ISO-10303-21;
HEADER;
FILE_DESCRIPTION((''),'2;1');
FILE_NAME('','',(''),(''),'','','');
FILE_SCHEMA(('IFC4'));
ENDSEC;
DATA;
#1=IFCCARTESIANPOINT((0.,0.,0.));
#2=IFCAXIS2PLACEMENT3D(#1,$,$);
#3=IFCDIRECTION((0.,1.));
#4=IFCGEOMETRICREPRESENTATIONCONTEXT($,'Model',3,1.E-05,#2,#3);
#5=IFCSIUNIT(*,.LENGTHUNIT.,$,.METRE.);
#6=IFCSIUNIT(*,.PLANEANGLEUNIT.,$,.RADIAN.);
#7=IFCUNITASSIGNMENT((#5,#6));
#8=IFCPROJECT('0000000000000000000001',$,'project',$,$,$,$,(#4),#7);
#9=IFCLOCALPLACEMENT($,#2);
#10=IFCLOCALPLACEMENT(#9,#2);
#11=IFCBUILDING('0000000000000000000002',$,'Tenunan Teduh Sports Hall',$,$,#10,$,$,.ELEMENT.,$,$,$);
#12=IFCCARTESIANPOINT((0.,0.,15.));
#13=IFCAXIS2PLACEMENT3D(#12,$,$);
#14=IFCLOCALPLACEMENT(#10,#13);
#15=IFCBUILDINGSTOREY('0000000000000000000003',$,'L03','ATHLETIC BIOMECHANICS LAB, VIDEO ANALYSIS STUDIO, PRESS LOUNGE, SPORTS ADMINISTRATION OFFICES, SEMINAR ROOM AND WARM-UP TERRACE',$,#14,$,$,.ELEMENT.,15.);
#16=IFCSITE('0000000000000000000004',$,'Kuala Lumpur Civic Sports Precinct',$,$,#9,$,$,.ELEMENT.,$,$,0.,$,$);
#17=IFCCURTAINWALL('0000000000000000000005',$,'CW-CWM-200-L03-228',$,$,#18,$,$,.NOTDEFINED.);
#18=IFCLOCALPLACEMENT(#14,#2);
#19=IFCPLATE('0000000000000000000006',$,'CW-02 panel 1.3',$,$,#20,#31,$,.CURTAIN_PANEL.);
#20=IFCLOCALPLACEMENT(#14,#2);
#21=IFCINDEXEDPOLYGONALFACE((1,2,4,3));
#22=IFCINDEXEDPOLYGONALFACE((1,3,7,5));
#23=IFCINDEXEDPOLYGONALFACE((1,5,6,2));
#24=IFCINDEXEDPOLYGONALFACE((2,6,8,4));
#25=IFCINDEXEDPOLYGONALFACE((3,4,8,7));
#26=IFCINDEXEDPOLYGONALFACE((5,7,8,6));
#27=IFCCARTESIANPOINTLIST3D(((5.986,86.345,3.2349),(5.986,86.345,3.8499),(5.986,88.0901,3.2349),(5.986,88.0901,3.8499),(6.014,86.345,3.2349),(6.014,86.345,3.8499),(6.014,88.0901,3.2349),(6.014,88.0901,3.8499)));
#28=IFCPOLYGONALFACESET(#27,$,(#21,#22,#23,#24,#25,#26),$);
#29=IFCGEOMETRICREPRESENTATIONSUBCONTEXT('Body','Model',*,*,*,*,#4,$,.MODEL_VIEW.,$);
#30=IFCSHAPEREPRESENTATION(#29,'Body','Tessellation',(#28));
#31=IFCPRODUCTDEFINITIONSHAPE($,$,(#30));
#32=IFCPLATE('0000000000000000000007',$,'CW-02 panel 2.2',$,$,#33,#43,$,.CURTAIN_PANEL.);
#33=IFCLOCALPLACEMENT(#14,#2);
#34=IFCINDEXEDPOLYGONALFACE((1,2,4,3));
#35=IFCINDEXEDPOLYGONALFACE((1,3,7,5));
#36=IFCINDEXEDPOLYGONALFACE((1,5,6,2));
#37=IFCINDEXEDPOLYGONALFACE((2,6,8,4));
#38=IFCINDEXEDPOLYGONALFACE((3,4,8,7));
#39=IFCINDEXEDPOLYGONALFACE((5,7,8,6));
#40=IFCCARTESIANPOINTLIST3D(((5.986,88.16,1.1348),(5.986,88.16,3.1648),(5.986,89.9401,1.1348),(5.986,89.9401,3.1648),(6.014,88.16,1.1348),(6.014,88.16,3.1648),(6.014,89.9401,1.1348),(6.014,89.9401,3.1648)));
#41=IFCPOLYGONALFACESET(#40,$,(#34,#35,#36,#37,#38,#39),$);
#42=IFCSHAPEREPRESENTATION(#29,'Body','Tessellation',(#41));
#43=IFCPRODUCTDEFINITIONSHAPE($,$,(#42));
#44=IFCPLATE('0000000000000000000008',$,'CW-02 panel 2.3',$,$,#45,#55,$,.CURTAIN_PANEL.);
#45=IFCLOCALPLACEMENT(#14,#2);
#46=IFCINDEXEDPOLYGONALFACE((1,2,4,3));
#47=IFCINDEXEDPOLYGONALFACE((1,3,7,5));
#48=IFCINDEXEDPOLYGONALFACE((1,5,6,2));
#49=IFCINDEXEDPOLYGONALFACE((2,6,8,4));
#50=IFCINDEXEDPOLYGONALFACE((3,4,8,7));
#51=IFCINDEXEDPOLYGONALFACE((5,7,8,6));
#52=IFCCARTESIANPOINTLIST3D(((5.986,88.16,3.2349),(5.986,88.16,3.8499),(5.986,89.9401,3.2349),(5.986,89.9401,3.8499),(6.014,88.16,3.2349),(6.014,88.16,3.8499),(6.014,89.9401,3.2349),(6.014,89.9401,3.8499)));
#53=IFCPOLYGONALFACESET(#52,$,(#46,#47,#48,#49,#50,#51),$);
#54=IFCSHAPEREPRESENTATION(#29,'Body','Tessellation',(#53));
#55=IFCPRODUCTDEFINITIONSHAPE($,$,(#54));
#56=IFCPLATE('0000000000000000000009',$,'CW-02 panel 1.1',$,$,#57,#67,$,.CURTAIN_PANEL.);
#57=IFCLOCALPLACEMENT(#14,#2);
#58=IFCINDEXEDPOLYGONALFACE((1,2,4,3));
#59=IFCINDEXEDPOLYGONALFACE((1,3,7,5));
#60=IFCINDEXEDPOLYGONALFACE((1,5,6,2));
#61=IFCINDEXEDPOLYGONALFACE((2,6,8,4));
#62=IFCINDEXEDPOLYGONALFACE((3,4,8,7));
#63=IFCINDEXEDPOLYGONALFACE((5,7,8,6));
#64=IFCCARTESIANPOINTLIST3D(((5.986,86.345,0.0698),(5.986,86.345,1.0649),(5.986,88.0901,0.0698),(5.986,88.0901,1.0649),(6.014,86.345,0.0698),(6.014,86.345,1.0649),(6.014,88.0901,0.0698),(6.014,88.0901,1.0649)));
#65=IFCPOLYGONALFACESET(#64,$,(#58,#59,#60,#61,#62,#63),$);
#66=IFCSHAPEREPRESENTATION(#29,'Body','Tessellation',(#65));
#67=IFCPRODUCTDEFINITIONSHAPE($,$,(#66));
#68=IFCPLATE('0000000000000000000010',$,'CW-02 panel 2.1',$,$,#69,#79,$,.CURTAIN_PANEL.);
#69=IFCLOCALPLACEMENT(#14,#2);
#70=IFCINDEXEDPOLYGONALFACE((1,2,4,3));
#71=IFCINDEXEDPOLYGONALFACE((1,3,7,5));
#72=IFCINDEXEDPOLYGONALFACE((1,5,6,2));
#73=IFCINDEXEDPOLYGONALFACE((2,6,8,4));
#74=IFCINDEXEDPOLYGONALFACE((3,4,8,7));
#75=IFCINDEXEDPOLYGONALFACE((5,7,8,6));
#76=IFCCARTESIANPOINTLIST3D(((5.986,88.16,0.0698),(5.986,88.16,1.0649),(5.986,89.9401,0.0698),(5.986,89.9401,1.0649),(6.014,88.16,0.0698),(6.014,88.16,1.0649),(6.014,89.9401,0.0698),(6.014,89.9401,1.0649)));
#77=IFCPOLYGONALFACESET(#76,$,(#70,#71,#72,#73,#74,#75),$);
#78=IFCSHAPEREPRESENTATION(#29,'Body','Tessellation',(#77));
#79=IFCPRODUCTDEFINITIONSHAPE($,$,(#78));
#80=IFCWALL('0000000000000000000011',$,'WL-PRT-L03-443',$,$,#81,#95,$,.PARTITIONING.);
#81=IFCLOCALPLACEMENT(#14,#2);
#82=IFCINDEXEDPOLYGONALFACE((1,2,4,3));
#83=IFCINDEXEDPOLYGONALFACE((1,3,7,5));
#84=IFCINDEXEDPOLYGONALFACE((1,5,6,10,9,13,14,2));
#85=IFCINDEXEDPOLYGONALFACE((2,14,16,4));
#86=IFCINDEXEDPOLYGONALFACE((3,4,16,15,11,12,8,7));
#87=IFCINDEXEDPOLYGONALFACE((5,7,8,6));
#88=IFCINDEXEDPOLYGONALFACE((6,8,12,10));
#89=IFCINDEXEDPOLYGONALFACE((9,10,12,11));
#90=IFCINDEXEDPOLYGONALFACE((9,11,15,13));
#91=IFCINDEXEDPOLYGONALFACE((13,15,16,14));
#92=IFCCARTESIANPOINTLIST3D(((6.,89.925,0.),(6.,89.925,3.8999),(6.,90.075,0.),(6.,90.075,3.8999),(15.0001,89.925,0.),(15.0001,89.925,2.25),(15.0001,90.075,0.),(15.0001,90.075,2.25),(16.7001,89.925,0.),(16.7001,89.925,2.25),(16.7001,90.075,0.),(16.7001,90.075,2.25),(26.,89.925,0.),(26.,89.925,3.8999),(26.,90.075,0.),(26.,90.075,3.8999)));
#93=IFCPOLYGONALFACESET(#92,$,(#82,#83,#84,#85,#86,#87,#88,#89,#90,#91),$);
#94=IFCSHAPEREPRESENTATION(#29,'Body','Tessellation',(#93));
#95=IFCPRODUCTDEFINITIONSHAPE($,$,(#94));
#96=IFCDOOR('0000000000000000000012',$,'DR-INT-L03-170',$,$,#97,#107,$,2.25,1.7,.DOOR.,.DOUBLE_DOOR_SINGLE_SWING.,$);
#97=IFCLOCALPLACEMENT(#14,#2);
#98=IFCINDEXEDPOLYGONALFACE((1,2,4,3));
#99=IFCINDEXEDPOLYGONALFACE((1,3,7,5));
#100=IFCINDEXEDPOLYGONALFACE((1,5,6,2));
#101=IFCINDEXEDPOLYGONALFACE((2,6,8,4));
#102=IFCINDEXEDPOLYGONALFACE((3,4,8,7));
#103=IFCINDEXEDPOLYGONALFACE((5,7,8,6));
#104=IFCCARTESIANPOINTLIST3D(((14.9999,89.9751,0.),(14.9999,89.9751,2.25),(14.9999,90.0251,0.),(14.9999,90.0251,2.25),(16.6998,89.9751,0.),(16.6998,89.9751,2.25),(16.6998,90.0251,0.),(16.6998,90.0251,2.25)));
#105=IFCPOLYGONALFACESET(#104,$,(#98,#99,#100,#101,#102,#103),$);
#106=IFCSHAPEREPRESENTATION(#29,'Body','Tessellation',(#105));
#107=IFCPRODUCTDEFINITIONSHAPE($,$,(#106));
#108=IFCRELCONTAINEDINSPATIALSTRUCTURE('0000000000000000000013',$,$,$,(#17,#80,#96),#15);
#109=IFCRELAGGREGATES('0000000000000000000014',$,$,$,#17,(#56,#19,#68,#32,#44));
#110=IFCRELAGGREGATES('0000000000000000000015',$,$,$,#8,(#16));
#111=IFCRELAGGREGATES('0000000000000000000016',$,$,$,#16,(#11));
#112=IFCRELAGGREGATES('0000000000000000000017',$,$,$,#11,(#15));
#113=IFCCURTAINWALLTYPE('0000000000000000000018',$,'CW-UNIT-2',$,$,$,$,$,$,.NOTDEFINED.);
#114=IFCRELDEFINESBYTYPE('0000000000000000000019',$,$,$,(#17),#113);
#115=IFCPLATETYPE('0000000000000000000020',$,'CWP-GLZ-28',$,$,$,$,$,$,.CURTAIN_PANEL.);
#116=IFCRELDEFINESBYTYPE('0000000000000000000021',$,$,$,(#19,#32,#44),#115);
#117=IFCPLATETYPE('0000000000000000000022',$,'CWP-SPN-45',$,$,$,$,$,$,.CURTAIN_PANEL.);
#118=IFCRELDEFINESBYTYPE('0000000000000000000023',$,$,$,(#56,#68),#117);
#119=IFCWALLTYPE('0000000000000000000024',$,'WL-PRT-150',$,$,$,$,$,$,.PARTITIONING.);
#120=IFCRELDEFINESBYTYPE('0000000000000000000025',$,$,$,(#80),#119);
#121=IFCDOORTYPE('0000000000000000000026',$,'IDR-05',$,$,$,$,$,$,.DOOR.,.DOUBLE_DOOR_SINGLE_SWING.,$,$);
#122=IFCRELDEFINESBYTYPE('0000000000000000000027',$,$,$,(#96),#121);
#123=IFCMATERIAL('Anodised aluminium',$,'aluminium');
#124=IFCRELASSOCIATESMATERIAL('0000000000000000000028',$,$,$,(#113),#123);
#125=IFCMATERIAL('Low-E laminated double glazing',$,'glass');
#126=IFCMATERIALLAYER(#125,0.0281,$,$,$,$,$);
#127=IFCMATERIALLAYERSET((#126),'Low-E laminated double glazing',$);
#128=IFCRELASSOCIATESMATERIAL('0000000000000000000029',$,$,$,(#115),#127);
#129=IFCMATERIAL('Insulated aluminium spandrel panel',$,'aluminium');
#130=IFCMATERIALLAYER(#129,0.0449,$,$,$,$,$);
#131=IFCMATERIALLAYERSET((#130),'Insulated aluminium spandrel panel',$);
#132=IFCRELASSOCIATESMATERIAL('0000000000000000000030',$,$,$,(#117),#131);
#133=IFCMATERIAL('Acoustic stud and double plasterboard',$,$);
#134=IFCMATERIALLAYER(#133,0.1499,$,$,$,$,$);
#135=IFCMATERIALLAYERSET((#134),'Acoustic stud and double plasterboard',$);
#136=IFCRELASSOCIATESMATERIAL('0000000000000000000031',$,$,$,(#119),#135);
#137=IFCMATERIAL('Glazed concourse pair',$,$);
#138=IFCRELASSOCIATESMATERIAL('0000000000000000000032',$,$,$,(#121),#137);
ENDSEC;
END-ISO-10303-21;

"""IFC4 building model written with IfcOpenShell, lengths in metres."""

from ifc_helpers import new_model, si_unit, direction, frame, frame_2d, origin, origin_2d, place, context, subcontext, project, spatial, rectangle, extrude, material, layer, layer_set, type_object, element, fill, aggregate, save


model = new_model("IFC4")

# Units and contexts
model_context = context("Model", 3, precision=1e-05, world=origin(), true_north=direction((0.0, 1.0)))
body_context = subcontext(model_context, "Body", "Model", "MODEL_VIEW")
ifc_project = project(units=[si_unit("LENGTHUNIT", "METRE"), si_unit("PLANEANGLEUNIT", "RADIAN")], contexts=[model_context])

# Site, building, storey
site_placement = place(None, origin())
site = spatial("IfcSite", under=ifc_project, at=site_placement, Name="Kuala Lumpur Civic Sports Precinct", CompositionType="ELEMENT", RefElevation=0.0)
building_placement = place(site_placement, origin())
building = spatial("IfcBuilding", under=site, at=building_placement, Name="Tenunan Teduh Sports Hall", CompositionType="ELEMENT")
storey_placement = place(building_placement, frame((0.0, 0.0, 15.0)))
storey = spatial("IfcBuildingStorey", under=building, at=storey_placement, Name="L03", Description="ATHLETIC BIOMECHANICS LAB, VIDEO ANALYSIS STUDIO, PRESS LOUNGE, SPORTS ADMINISTRATION OFFICES, SEMINAR ROOM AND WARM-UP TERRACE", CompositionType="ELEMENT", Elevation=15.0)

# Curtain wall, plates
ifc_material_1 = material(Name="Anodised aluminium", Category="aluminium")
curtain_wall_type = type_object("IfcCurtainWallType", Name="CW-UNIT-2", PredefinedType="NOTDEFINED", material=ifc_material_1)
curtain_wall_placement = place(storey_placement, origin())
curtain_wall = element("IfcCurtainWall", 1, at=curtain_wall_placement, inside=storey, type_object=curtain_wall_type, Name="CW-CWM-200-L03-228", PredefinedType="NOTDEFINED")
ifc_material_2 = material(Name="Low-E laminated double glazing", Category="glass")
ifc_layer_1 = layer(ifc_material_2, 0.0281)
ifc_layer_set_1 = layer_set([ifc_layer_1], Name="Low-E laminated double glazing")
plate_type_1 = type_object("IfcPlateType", Name="CWP-GLZ-28", PredefinedType="CURTAIN_PANEL", material=ifc_layer_set_1)
plate_1_placement = place(storey_placement, frame((6.0, 87.2175, 3.2349), z_axis=(0.0, 0.0, 1.0), x_axis=(0.0, 1.0, 0.0)))
plate_1 = element("IfcPlate", 2, at=plate_1_placement, type_object=plate_type_1, Name="CW-02 panel 1.3", PredefinedType="CURTAIN_PANEL", context=body_context, shape_type="SweptSolid", body=[
    extrude(rectangle(XDim=1.7451, YDim=0.0281, at=origin_2d()), origin(), (0.0, 0.0, 1.0), 0.615),
])
plate_2_placement = place(storey_placement, frame((6.0, 89.05, 1.1348), z_axis=(0.0, 0.0, 1.0), x_axis=(0.0, 1.0, 0.0)))
plate_2 = element("IfcPlate", 3, at=plate_2_placement, type_object=plate_type_1, Name="CW-02 panel 2.2", PredefinedType="CURTAIN_PANEL", context=body_context, shape_type="SweptSolid", body=[
    extrude(rectangle(XDim=1.78, YDim=0.0281, at=origin_2d()), origin(), (0.0, 0.0, 1.0), 2.03),
])
plate_3_placement = place(storey_placement, frame((6.0, 89.05, 3.2349), z_axis=(0.0, 0.0, 1.0), x_axis=(0.0, 1.0, 0.0)))
plate_3 = element("IfcPlate", 4, at=plate_3_placement, type_object=plate_type_1, Name="CW-02 panel 2.3", PredefinedType="CURTAIN_PANEL", context=body_context, shape_type="SweptSolid", body=[
    extrude(rectangle(XDim=1.78, YDim=0.0281, at=origin_2d()), origin(), (0.0, 0.0, 1.0), 0.615),
])
ifc_material_3 = material(Name="Insulated aluminium spandrel panel", Category="aluminium")
ifc_layer_2 = layer(ifc_material_3, 0.0449)
ifc_layer_set_2 = layer_set([ifc_layer_2], Name="Insulated aluminium spandrel panel")
plate_type_2 = type_object("IfcPlateType", Name="CWP-SPN-45", PredefinedType="CURTAIN_PANEL", material=ifc_layer_set_2)
plate_4_placement = place(storey_placement, frame((6.0, 87.2175, 0.0698), z_axis=(0.0, 0.0, 1.0), x_axis=(0.0, 1.0, 0.0)))
plate_4 = element("IfcPlate", 5, at=plate_4_placement, type_object=plate_type_2, Name="CW-02 panel 1.1", PredefinedType="CURTAIN_PANEL", context=body_context, shape_type="SweptSolid", body=[
    extrude(rectangle(XDim=1.7451, YDim=0.0281, at=origin_2d()), origin(), (0.0, 0.0, 1.0), 0.9951),
])
plate_5_placement = place(storey_placement, frame((6.0, 89.05, 0.0698), z_axis=(0.0, 0.0, 1.0), x_axis=(0.0, 1.0, 0.0)))
plate_5 = element("IfcPlate", 6, at=plate_5_placement, type_object=plate_type_2, Name="CW-02 panel 2.1", PredefinedType="CURTAIN_PANEL", context=body_context, shape_type="SweptSolid", body=[
    extrude(rectangle(XDim=1.78, YDim=0.0281, at=origin_2d()), origin(), (0.0, 0.0, 1.0), 0.9951),
])
aggregate(curtain_wall, [plate_4, plate_1, plate_5, plate_2, plate_3])

# Wall, opening, door
ifc_material_4 = material(Name="Acoustic stud and double plasterboard")
ifc_layer_3 = layer(ifc_material_4, 0.1499)
ifc_layer_set_3 = layer_set([ifc_layer_3], Name="Acoustic stud and double plasterboard")
wall_type = type_object("IfcWallType", Name="WL-PRT-150", PredefinedType="PARTITIONING", material=ifc_layer_set_3)
wall_placement = place(storey_placement, frame((6.0, 90.0, 0.0), z_axis=(0.0, 0.0, 1.0), x_axis=(1.0, 0.0, 0.0)))
wall = element("IfcWall", 7, at=wall_placement, inside=storey, type_object=wall_type, Name="WL-PRT-L03-443", PredefinedType="PARTITIONING", context=body_context, shape_type="SweptSolid", body=[
    extrude(rectangle(XDim=20.0, YDim=0.1499, at=frame_2d((10.0, 0.0))), origin(), (0.0, 0.0, 1.0), 3.8999),
])
opening_placement = place(wall_placement, frame((9.0, 0.0, 0.0)))
opening = element("IfcOpeningElement", 8, at=opening_placement, cuts=wall, PredefinedType="OPENING", context=body_context, shape_type="SweptSolid", body=[
    extrude(rectangle(XDim=1.7, YDim=2.25, at=frame_2d((0.8501, 1.125))), frame((0.0, 0.085, 0.0), z_axis=(0.0, -1.0, 0.0), x_axis=(1.0, 0.0, 0.0)), (0.0, 0.0, 1.0), 0.1699),
])
ifc_material_5 = material(Name="Glazed concourse pair")
door_type = type_object("IfcDoorType", Name="IDR-05", OperationType="DOUBLE_DOOR_SINGLE_SWING", PredefinedType="DOOR", material=ifc_material_5)
door_placement = place(opening_placement, frame((1.7, 0.0, 0.0), z_axis=(0.0, 0.0, 1.0), x_axis=(-1.0, 0.0, 0.0)))
door = element("IfcDoor", 9, at=door_placement, inside=storey, type_object=door_type, Name="DR-INT-L03-170", OperationType="DOUBLE_DOOR_SINGLE_SWING", OverallHeight=2.25, OverallWidth=1.7, PredefinedType="DOOR", context=body_context, shape_type="SweptSolid", body=[
    extrude(rectangle(XDim=1.7, YDim=2.25, at=frame_2d((0.8501, 1.125))), frame((0.0, 0.0249, 0.0), z_axis=(0.0, -1.0, 0.0), x_axis=(1.0, 0.0, 0.0)), (0.0, 0.0, 1.0), 0.05),
])
fill(opening, door)

save(model, "model.ifc")
